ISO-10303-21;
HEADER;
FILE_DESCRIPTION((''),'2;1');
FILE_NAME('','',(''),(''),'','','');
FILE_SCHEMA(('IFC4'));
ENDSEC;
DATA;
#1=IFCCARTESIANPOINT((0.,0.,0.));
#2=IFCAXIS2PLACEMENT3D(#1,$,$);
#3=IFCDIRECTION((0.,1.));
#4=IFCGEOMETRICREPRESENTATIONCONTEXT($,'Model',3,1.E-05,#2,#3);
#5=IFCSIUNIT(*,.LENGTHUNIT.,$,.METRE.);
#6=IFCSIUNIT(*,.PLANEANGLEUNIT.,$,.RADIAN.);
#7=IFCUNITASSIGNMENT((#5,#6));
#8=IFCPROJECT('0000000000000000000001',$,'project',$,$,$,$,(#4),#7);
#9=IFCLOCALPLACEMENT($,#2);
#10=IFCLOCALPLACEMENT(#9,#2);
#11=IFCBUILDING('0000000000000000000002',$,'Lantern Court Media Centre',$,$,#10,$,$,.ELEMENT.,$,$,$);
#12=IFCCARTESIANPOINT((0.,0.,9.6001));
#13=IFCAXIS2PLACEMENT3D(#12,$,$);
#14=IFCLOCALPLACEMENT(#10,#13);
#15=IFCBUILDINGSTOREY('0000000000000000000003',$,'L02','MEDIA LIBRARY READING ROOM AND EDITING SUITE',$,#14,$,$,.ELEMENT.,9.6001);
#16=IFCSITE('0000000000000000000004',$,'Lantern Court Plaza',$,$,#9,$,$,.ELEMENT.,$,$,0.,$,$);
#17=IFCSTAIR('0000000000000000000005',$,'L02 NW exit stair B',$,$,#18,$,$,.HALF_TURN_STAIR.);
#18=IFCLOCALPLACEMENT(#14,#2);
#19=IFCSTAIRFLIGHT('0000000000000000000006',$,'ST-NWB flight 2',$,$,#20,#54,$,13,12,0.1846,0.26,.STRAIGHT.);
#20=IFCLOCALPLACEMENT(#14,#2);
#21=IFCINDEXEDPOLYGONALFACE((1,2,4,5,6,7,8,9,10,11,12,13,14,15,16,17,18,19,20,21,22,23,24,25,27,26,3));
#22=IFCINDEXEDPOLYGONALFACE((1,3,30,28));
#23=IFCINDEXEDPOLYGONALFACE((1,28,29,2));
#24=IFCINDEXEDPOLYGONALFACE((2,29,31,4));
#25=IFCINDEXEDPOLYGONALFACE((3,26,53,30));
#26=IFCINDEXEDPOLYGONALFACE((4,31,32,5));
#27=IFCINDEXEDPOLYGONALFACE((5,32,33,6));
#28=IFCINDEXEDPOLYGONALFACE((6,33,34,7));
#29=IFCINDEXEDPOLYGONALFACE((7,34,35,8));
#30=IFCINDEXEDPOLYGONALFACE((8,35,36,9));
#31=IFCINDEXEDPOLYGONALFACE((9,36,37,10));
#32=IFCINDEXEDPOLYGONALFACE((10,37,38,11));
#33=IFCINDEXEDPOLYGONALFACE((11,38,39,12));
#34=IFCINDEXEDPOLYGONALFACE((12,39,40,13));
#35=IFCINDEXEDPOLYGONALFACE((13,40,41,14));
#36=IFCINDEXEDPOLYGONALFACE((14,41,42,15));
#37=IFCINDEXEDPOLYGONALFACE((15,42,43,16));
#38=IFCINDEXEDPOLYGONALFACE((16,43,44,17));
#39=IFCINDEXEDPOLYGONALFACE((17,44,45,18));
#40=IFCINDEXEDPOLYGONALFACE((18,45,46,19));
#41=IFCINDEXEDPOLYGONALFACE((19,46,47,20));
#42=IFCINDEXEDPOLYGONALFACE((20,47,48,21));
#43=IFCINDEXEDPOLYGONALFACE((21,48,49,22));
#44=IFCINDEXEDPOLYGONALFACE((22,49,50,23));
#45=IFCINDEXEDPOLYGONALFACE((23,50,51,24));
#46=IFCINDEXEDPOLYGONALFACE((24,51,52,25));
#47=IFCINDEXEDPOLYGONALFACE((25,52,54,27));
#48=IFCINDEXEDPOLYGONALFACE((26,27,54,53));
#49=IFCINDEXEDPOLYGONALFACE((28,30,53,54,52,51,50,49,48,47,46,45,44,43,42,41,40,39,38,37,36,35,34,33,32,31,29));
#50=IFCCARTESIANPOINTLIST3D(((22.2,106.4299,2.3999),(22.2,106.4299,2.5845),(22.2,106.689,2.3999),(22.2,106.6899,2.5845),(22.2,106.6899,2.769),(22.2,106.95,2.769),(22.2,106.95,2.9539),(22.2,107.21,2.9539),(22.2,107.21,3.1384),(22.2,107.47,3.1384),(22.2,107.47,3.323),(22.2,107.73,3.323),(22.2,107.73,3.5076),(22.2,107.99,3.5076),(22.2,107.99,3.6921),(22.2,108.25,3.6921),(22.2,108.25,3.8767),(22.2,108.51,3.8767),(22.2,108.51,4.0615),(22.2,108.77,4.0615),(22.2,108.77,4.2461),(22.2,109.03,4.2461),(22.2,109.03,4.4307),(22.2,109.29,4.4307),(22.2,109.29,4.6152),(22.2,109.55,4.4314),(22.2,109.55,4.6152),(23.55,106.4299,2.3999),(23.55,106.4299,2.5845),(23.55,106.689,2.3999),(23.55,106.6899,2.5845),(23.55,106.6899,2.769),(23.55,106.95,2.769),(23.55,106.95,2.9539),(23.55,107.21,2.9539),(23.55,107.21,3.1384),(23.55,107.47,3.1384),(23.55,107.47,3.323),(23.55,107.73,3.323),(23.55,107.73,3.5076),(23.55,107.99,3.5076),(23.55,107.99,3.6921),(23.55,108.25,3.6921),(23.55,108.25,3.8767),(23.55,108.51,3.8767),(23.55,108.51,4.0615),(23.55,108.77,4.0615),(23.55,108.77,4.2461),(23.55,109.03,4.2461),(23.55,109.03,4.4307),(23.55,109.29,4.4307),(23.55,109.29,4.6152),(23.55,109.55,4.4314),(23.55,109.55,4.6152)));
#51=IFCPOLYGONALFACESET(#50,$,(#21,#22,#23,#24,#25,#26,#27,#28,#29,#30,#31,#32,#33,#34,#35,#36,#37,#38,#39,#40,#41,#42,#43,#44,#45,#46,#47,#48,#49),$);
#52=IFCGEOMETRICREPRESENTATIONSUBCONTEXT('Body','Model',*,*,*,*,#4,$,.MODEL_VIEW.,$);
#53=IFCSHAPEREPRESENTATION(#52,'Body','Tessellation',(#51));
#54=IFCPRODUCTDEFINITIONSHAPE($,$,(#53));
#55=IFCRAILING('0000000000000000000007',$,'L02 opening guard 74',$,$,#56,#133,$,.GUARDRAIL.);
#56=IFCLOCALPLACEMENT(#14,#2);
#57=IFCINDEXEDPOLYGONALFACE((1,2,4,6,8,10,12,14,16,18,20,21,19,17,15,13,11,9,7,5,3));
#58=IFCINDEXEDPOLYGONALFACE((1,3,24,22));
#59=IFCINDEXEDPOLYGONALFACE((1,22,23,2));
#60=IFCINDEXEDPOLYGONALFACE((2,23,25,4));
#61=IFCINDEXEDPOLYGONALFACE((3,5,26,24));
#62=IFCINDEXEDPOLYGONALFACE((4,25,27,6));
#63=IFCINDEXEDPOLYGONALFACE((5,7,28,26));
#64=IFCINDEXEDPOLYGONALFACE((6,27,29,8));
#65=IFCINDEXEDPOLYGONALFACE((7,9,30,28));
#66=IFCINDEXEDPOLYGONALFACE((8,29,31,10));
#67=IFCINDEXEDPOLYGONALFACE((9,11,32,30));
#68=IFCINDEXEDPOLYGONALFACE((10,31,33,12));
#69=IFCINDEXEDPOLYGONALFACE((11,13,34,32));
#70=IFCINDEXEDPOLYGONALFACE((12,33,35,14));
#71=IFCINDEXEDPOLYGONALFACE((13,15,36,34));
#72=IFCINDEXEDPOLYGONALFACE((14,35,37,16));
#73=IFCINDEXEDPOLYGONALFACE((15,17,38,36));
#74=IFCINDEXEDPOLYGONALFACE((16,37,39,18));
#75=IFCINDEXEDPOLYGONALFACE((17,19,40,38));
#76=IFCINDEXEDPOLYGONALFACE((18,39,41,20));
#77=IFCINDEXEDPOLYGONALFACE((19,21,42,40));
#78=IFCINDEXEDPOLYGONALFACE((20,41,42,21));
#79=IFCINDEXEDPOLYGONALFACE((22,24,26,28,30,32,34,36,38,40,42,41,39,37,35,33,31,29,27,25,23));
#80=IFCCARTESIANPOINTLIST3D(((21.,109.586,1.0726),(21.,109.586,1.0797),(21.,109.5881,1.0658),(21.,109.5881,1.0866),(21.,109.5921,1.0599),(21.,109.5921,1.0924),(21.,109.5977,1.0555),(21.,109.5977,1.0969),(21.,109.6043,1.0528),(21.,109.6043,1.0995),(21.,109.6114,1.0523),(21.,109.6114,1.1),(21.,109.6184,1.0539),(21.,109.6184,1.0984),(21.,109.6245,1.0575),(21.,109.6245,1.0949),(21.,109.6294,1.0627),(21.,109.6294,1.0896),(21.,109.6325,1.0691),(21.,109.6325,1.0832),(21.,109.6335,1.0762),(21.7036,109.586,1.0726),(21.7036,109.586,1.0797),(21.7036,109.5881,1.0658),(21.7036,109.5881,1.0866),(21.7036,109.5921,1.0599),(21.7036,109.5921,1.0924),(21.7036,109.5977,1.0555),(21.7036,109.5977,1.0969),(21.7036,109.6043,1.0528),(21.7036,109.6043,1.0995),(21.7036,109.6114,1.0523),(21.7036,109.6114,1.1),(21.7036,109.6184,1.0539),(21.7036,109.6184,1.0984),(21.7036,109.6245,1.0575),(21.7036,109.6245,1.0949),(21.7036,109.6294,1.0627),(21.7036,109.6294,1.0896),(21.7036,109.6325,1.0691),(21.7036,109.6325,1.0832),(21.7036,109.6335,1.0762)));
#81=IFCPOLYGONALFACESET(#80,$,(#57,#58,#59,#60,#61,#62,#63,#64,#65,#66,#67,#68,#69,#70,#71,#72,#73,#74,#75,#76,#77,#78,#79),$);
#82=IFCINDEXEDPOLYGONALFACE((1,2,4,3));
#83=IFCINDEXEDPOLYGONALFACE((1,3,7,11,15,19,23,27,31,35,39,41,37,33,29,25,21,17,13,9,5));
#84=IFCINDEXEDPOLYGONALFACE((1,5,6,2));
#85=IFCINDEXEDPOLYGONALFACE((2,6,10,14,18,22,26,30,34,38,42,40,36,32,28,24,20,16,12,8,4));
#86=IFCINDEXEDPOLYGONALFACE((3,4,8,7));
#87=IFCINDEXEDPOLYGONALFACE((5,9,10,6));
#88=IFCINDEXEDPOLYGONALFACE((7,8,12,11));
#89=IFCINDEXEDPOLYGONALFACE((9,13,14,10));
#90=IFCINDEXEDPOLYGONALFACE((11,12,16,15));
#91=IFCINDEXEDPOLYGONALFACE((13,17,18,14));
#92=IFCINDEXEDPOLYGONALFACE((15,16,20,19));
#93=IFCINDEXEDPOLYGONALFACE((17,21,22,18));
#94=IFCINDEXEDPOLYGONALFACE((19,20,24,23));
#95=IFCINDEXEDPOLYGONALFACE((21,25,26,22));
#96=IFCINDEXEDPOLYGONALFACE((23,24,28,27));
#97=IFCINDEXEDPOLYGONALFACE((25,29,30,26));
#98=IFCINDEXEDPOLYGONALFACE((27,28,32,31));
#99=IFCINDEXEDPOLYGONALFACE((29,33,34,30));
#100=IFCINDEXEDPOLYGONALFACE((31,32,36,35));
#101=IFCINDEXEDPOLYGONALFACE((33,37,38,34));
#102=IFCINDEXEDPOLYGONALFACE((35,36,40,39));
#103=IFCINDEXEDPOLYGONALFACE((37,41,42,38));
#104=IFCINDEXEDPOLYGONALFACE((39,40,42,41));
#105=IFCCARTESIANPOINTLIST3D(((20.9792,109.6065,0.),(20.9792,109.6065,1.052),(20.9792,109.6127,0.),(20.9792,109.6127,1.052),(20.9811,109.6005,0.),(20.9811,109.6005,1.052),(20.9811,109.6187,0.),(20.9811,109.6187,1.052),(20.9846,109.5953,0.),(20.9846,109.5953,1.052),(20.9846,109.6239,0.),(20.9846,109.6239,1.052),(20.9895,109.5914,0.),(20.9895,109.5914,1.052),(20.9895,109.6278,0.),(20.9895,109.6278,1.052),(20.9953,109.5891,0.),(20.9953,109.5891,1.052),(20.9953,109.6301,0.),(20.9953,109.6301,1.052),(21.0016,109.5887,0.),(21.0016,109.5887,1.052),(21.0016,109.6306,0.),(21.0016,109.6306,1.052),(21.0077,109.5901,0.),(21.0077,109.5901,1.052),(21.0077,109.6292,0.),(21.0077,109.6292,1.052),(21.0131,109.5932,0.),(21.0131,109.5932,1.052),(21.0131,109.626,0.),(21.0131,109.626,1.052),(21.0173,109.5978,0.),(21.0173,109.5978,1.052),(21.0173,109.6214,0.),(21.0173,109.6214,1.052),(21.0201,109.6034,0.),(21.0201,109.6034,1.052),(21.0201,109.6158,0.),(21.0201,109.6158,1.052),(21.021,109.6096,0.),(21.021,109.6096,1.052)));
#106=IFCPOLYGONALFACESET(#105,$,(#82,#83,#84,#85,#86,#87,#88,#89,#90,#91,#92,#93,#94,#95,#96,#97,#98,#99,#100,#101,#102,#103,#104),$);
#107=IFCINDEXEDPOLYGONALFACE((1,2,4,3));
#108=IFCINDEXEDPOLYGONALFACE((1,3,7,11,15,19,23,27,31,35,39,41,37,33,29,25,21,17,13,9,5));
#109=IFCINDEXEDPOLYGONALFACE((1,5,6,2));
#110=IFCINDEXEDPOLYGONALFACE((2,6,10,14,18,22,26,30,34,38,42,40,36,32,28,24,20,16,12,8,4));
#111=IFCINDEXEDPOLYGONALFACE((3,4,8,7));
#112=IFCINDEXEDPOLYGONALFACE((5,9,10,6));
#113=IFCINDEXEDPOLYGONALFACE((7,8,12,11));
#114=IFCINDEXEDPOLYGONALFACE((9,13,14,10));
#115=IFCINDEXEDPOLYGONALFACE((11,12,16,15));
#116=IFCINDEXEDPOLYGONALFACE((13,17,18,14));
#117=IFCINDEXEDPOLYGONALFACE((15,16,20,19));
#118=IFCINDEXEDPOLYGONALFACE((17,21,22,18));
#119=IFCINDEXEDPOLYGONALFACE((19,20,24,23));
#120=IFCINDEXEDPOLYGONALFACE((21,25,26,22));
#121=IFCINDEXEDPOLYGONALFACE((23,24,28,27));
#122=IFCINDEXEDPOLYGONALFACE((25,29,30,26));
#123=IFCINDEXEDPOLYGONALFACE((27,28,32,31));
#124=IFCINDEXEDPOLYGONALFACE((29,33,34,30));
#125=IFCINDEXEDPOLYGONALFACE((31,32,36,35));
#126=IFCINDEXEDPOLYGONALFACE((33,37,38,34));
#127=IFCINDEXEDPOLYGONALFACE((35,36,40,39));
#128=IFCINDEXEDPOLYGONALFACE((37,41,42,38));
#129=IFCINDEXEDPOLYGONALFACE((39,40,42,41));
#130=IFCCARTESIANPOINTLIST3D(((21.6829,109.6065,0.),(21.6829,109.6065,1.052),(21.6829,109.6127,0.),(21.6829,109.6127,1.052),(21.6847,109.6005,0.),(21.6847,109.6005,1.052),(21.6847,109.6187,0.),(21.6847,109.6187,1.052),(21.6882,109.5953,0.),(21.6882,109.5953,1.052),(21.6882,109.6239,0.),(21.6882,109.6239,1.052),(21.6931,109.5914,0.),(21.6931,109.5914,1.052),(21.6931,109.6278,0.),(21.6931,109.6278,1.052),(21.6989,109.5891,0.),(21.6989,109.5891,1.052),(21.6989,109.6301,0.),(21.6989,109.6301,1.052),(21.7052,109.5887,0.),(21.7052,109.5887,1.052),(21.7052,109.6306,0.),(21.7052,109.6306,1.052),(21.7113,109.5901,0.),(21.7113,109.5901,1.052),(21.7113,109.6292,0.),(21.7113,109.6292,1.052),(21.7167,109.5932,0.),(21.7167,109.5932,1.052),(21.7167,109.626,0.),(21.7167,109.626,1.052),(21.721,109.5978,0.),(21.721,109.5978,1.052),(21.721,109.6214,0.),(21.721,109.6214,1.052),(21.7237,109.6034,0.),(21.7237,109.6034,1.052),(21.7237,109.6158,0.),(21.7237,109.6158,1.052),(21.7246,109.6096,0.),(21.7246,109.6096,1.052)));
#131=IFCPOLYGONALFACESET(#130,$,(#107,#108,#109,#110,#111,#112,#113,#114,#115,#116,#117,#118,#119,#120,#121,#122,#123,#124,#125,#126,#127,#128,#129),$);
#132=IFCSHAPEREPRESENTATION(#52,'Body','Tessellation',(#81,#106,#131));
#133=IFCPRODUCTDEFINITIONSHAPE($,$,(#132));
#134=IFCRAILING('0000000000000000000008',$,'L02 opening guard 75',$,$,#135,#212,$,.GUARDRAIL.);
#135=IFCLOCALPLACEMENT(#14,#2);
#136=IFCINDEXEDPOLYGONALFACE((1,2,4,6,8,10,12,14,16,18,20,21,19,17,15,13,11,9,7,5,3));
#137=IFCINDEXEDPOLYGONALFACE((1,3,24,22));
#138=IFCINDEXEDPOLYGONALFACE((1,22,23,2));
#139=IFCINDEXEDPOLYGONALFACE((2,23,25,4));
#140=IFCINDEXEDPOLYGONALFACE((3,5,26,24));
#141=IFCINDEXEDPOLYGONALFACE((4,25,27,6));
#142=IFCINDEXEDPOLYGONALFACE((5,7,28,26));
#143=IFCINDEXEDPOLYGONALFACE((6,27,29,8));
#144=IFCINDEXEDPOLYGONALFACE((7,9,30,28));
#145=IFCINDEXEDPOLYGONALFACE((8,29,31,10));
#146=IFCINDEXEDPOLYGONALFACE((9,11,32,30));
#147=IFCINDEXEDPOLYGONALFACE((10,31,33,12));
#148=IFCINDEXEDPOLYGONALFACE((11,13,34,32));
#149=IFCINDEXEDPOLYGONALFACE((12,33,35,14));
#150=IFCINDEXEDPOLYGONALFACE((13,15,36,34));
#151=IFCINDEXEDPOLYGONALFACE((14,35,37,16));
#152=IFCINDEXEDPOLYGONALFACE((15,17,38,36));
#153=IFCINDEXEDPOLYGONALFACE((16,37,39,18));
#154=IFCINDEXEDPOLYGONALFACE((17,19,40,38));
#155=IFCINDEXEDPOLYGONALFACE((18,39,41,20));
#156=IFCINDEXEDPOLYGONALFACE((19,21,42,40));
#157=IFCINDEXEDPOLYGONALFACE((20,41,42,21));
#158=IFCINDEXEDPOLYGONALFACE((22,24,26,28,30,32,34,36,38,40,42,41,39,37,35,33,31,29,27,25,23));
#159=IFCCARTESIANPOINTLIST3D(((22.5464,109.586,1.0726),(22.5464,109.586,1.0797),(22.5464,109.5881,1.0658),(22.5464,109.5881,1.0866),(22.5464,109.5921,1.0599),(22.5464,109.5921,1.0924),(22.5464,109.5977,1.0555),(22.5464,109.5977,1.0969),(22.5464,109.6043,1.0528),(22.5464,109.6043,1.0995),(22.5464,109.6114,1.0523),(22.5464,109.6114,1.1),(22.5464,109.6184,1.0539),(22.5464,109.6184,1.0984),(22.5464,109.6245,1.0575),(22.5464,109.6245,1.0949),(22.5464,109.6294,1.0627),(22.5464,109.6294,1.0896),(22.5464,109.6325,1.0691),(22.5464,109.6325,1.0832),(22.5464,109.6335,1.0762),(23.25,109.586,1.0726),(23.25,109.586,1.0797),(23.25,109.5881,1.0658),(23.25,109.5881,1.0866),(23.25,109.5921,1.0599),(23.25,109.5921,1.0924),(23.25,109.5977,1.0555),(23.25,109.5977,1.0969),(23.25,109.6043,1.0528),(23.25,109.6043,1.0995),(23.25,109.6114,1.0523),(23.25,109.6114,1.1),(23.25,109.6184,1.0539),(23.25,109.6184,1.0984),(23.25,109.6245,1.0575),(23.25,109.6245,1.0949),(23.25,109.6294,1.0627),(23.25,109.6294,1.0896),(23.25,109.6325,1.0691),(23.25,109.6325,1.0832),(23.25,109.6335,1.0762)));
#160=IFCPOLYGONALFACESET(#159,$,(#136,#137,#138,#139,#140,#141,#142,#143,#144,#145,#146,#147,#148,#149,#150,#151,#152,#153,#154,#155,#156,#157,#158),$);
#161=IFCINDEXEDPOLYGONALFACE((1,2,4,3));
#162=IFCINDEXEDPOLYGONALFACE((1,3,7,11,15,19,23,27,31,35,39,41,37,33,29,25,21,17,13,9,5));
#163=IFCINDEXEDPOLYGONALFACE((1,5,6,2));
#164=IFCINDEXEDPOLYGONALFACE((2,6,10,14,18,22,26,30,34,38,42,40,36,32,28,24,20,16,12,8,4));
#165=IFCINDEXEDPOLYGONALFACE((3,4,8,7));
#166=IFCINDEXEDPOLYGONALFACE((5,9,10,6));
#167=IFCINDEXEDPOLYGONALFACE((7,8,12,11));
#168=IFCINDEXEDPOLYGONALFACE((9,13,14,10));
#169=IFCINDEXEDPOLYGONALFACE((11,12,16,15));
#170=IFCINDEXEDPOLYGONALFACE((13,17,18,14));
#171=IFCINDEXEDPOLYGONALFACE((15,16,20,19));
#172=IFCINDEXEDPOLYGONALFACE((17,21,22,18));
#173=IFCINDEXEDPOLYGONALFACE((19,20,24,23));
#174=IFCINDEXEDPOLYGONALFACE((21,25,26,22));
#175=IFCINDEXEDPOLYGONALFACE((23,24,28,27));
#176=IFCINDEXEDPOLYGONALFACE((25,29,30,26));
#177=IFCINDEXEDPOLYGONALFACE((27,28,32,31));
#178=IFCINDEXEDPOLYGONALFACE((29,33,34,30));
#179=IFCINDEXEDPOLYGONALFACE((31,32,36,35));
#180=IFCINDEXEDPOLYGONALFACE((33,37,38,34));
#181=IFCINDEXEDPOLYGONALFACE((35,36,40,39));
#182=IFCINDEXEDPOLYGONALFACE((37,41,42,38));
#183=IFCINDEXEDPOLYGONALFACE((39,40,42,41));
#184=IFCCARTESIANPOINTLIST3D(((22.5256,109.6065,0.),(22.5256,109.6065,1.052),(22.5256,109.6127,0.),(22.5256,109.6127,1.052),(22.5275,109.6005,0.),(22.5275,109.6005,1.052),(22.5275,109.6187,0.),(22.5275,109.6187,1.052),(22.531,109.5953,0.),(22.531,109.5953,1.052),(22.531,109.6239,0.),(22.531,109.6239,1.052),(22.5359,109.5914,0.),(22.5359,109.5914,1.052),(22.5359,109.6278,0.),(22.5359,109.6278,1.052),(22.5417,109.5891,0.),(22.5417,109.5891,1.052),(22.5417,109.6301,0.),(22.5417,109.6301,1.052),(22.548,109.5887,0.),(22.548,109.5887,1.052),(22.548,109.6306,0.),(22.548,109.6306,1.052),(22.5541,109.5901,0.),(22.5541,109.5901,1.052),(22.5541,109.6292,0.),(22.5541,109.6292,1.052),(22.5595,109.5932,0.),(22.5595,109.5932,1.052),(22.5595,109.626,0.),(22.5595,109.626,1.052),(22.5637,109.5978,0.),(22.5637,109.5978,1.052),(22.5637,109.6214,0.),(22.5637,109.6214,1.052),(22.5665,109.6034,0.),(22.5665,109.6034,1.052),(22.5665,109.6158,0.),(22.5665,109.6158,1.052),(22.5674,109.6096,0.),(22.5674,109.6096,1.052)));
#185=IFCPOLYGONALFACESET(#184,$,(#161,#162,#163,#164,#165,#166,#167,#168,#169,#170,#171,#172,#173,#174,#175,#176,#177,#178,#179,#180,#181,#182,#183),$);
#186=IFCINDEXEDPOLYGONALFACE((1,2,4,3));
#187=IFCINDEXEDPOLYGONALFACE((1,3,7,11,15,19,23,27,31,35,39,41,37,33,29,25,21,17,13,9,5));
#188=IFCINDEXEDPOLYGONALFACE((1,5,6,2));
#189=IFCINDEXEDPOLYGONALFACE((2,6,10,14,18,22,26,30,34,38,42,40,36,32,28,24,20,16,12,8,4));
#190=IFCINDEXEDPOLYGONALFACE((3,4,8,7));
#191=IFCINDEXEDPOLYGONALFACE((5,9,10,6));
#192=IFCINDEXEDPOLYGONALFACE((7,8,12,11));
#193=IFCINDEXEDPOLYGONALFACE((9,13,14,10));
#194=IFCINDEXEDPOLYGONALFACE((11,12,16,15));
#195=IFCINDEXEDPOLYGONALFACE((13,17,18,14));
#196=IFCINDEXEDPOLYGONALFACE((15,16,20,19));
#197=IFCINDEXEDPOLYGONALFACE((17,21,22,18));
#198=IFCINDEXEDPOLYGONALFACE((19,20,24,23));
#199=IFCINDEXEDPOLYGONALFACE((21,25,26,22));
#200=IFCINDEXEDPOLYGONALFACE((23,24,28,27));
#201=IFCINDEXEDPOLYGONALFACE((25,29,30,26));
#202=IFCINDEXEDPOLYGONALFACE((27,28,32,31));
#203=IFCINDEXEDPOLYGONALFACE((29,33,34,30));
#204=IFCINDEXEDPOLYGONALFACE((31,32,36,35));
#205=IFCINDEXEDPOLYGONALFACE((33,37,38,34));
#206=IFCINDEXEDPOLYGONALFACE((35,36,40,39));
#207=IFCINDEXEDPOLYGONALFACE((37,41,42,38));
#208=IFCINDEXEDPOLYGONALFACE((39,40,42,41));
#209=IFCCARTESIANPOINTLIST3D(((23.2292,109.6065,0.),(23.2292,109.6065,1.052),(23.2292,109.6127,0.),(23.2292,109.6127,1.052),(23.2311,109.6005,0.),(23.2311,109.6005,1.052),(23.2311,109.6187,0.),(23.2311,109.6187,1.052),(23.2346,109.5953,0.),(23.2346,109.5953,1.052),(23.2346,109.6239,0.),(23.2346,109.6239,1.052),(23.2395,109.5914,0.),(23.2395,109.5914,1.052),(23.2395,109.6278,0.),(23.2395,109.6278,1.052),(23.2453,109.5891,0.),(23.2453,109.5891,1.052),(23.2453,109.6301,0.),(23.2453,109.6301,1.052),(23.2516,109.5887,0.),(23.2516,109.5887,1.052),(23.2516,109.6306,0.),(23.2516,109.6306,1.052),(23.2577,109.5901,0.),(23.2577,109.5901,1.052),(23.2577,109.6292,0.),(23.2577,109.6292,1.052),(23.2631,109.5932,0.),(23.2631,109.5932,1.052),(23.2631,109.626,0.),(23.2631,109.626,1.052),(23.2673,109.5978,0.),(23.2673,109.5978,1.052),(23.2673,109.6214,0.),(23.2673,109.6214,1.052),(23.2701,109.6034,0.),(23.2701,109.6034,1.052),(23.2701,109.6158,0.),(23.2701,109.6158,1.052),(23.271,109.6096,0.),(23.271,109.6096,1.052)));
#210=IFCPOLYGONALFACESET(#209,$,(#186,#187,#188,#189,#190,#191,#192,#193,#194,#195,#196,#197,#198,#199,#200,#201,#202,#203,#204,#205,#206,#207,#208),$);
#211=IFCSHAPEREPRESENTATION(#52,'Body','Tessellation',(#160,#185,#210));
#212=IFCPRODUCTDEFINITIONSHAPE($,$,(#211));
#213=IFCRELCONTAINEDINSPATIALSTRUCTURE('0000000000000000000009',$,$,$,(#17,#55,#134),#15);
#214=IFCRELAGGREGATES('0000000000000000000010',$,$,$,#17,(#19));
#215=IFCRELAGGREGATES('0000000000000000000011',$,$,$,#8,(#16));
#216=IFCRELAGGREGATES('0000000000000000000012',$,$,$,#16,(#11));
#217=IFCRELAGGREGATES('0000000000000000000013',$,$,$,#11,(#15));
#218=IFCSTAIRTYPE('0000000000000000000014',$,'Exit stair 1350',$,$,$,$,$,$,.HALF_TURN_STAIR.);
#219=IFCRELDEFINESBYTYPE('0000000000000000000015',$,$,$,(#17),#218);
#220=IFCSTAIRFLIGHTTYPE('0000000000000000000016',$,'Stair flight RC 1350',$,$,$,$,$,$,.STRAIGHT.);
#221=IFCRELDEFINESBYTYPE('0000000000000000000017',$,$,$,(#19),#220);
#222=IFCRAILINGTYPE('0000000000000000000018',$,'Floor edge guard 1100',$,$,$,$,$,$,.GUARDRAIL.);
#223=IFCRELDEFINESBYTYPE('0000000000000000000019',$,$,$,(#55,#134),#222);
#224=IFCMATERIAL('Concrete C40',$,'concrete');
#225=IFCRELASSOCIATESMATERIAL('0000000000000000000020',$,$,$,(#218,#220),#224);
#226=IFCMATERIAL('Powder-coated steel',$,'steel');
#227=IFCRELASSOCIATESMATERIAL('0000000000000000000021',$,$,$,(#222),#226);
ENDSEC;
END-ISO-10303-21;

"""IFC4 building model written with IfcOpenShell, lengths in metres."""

from ifc_helpers import new_model, si_unit, direction, frame, origin, origin_2d, place, context, subcontext, project, spatial, polyline, circle, outline, extrude, material, type_object, element, aggregate, save


model = new_model("IFC4")

# Units and contexts
model_context = context("Model", 3, precision=1e-05, world=origin(), true_north=direction((0.0, 1.0)))
body_context = subcontext(model_context, "Body", "Model", "MODEL_VIEW")
ifc_project = project(units=[si_unit("LENGTHUNIT", "METRE"), si_unit("PLANEANGLEUNIT", "RADIAN")], contexts=[model_context])

# Site, building, storey
site_placement = place(None, origin())
site = spatial("IfcSite", under=ifc_project, at=site_placement, Name="Lantern Court Plaza", CompositionType="ELEMENT", RefElevation=0.0)
building_placement = place(site_placement, origin())
building = spatial("IfcBuilding", under=site, at=building_placement, Name="Lantern Court Media Centre", CompositionType="ELEMENT")
storey_placement = place(building_placement, frame((0.0, 0.0, 9.6001)))
storey = spatial("IfcBuildingStorey", under=building, at=storey_placement, Name="L02", Description="MEDIA LIBRARY READING ROOM AND EDITING SUITE", CompositionType="ELEMENT", Elevation=9.6001)

# Stair, stair flight
ifc_material_1 = material(Name="Concrete C40", Category="concrete")
stair_type = type_object("IfcStairType", Name="Exit stair 1350", PredefinedType="HALF_TURN_STAIR", material=ifc_material_1)
stair_placement = place(storey_placement, origin())
stair = element("IfcStair", 1, at=stair_placement, inside=storey, type_object=stair_type, Name="L02 NW exit stair B", PredefinedType="HALF_TURN_STAIR")
stair_flight_type = type_object("IfcStairFlightType", Name="Stair flight RC 1350", PredefinedType="STRAIGHT", material=ifc_material_1)
stair_flight_1_placement = place(storey_placement, frame((22.875, 106.4299, 2.3999), z_axis=(0.0, 0.0, 1.0), x_axis=(0.0, 1.0, 0.0)))
stair_flight_1 = element("IfcStairFlight", 2, at=stair_flight_1_placement, type_object=stair_flight_type, Name="ST-NWB flight 2", NumberOfRisers=13, NumberOfTreads=12, PredefinedType="STRAIGHT", RiserHeight=0.1846, TreadLength=0.26, context=body_context, shape_type="SweptSolid", body=[
    extrude(outline(polyline([(0.0, 0.0), (0.0, 0.1846), (0.26, 0.1846), (0.26, 0.3691), (0.52, 0.3691), (0.52, 0.554), (0.78, 0.554), (0.78, 0.7385), (1.04, 0.7385), (1.04, 0.9231), (1.3, 0.9231), (1.3, 1.1077), (1.5601, 1.1077), (1.5601, 1.2922), (1.8201, 1.2922), (1.8201, 1.4768), (2.0801, 1.4768), (2.0801, 1.6616), (2.3401, 1.6616), (2.3401, 1.8462), (2.6001, 1.8462), (2.6001, 2.0308), (2.8601, 2.0308), (2.8601, 2.2153), (3.1201, 2.2153), (3.1201, 2.3999), (3.1201, 2.0315), (0.259, 0.0), (0.0, 0.0)])), frame((0.0, 0.675, 0.0), z_axis=(0.0, -1.0, 0.0), x_axis=(1.0, 0.0, 0.0)), (0.0, 0.0, 1.0), 1.3501),
])
aggregate(stair, [stair_flight_1])

# Railings
ifc_material_2 = material(Name="Powder-coated steel", Category="steel")
railing_type_1 = type_object("IfcRailingType", Name="Floor edge guard 1100", PredefinedType="GUARDRAIL", material=ifc_material_2)
for number, where, name in (
    (3, (21.0, 109.6096, 0.0), "L02 opening guard 74"),
    (4, (22.5464, 109.6096, 0.0), "L02 opening guard 75"),
):
    element("IfcRailing", number, at=place(storey_placement, frame(where)), inside=storey, type_object=railing_type_1, Name=name, PredefinedType="GUARDRAIL", context=body_context, shape_type="SweptSolid", body=[
        extrude(circle(Radius=0.0239, at=origin_2d()), frame((0.0, 0.0, 1.0762), z_axis=(1.0, 0.0, 0.0), x_axis=(0.0, 1.0, 0.0)), (0.0, 0.0, 1.0), 0.7036),
        extrude(circle(Radius=0.021, at=origin_2d()), origin(), (0.0, 0.0, 1.0), 1.052),
        extrude(circle(Radius=0.021, at=origin_2d()), frame((0.7036, 0.0, 0.0)), (0.0, 0.0, 1.0), 1.052),
    ])

save(model, "model.ifc")
